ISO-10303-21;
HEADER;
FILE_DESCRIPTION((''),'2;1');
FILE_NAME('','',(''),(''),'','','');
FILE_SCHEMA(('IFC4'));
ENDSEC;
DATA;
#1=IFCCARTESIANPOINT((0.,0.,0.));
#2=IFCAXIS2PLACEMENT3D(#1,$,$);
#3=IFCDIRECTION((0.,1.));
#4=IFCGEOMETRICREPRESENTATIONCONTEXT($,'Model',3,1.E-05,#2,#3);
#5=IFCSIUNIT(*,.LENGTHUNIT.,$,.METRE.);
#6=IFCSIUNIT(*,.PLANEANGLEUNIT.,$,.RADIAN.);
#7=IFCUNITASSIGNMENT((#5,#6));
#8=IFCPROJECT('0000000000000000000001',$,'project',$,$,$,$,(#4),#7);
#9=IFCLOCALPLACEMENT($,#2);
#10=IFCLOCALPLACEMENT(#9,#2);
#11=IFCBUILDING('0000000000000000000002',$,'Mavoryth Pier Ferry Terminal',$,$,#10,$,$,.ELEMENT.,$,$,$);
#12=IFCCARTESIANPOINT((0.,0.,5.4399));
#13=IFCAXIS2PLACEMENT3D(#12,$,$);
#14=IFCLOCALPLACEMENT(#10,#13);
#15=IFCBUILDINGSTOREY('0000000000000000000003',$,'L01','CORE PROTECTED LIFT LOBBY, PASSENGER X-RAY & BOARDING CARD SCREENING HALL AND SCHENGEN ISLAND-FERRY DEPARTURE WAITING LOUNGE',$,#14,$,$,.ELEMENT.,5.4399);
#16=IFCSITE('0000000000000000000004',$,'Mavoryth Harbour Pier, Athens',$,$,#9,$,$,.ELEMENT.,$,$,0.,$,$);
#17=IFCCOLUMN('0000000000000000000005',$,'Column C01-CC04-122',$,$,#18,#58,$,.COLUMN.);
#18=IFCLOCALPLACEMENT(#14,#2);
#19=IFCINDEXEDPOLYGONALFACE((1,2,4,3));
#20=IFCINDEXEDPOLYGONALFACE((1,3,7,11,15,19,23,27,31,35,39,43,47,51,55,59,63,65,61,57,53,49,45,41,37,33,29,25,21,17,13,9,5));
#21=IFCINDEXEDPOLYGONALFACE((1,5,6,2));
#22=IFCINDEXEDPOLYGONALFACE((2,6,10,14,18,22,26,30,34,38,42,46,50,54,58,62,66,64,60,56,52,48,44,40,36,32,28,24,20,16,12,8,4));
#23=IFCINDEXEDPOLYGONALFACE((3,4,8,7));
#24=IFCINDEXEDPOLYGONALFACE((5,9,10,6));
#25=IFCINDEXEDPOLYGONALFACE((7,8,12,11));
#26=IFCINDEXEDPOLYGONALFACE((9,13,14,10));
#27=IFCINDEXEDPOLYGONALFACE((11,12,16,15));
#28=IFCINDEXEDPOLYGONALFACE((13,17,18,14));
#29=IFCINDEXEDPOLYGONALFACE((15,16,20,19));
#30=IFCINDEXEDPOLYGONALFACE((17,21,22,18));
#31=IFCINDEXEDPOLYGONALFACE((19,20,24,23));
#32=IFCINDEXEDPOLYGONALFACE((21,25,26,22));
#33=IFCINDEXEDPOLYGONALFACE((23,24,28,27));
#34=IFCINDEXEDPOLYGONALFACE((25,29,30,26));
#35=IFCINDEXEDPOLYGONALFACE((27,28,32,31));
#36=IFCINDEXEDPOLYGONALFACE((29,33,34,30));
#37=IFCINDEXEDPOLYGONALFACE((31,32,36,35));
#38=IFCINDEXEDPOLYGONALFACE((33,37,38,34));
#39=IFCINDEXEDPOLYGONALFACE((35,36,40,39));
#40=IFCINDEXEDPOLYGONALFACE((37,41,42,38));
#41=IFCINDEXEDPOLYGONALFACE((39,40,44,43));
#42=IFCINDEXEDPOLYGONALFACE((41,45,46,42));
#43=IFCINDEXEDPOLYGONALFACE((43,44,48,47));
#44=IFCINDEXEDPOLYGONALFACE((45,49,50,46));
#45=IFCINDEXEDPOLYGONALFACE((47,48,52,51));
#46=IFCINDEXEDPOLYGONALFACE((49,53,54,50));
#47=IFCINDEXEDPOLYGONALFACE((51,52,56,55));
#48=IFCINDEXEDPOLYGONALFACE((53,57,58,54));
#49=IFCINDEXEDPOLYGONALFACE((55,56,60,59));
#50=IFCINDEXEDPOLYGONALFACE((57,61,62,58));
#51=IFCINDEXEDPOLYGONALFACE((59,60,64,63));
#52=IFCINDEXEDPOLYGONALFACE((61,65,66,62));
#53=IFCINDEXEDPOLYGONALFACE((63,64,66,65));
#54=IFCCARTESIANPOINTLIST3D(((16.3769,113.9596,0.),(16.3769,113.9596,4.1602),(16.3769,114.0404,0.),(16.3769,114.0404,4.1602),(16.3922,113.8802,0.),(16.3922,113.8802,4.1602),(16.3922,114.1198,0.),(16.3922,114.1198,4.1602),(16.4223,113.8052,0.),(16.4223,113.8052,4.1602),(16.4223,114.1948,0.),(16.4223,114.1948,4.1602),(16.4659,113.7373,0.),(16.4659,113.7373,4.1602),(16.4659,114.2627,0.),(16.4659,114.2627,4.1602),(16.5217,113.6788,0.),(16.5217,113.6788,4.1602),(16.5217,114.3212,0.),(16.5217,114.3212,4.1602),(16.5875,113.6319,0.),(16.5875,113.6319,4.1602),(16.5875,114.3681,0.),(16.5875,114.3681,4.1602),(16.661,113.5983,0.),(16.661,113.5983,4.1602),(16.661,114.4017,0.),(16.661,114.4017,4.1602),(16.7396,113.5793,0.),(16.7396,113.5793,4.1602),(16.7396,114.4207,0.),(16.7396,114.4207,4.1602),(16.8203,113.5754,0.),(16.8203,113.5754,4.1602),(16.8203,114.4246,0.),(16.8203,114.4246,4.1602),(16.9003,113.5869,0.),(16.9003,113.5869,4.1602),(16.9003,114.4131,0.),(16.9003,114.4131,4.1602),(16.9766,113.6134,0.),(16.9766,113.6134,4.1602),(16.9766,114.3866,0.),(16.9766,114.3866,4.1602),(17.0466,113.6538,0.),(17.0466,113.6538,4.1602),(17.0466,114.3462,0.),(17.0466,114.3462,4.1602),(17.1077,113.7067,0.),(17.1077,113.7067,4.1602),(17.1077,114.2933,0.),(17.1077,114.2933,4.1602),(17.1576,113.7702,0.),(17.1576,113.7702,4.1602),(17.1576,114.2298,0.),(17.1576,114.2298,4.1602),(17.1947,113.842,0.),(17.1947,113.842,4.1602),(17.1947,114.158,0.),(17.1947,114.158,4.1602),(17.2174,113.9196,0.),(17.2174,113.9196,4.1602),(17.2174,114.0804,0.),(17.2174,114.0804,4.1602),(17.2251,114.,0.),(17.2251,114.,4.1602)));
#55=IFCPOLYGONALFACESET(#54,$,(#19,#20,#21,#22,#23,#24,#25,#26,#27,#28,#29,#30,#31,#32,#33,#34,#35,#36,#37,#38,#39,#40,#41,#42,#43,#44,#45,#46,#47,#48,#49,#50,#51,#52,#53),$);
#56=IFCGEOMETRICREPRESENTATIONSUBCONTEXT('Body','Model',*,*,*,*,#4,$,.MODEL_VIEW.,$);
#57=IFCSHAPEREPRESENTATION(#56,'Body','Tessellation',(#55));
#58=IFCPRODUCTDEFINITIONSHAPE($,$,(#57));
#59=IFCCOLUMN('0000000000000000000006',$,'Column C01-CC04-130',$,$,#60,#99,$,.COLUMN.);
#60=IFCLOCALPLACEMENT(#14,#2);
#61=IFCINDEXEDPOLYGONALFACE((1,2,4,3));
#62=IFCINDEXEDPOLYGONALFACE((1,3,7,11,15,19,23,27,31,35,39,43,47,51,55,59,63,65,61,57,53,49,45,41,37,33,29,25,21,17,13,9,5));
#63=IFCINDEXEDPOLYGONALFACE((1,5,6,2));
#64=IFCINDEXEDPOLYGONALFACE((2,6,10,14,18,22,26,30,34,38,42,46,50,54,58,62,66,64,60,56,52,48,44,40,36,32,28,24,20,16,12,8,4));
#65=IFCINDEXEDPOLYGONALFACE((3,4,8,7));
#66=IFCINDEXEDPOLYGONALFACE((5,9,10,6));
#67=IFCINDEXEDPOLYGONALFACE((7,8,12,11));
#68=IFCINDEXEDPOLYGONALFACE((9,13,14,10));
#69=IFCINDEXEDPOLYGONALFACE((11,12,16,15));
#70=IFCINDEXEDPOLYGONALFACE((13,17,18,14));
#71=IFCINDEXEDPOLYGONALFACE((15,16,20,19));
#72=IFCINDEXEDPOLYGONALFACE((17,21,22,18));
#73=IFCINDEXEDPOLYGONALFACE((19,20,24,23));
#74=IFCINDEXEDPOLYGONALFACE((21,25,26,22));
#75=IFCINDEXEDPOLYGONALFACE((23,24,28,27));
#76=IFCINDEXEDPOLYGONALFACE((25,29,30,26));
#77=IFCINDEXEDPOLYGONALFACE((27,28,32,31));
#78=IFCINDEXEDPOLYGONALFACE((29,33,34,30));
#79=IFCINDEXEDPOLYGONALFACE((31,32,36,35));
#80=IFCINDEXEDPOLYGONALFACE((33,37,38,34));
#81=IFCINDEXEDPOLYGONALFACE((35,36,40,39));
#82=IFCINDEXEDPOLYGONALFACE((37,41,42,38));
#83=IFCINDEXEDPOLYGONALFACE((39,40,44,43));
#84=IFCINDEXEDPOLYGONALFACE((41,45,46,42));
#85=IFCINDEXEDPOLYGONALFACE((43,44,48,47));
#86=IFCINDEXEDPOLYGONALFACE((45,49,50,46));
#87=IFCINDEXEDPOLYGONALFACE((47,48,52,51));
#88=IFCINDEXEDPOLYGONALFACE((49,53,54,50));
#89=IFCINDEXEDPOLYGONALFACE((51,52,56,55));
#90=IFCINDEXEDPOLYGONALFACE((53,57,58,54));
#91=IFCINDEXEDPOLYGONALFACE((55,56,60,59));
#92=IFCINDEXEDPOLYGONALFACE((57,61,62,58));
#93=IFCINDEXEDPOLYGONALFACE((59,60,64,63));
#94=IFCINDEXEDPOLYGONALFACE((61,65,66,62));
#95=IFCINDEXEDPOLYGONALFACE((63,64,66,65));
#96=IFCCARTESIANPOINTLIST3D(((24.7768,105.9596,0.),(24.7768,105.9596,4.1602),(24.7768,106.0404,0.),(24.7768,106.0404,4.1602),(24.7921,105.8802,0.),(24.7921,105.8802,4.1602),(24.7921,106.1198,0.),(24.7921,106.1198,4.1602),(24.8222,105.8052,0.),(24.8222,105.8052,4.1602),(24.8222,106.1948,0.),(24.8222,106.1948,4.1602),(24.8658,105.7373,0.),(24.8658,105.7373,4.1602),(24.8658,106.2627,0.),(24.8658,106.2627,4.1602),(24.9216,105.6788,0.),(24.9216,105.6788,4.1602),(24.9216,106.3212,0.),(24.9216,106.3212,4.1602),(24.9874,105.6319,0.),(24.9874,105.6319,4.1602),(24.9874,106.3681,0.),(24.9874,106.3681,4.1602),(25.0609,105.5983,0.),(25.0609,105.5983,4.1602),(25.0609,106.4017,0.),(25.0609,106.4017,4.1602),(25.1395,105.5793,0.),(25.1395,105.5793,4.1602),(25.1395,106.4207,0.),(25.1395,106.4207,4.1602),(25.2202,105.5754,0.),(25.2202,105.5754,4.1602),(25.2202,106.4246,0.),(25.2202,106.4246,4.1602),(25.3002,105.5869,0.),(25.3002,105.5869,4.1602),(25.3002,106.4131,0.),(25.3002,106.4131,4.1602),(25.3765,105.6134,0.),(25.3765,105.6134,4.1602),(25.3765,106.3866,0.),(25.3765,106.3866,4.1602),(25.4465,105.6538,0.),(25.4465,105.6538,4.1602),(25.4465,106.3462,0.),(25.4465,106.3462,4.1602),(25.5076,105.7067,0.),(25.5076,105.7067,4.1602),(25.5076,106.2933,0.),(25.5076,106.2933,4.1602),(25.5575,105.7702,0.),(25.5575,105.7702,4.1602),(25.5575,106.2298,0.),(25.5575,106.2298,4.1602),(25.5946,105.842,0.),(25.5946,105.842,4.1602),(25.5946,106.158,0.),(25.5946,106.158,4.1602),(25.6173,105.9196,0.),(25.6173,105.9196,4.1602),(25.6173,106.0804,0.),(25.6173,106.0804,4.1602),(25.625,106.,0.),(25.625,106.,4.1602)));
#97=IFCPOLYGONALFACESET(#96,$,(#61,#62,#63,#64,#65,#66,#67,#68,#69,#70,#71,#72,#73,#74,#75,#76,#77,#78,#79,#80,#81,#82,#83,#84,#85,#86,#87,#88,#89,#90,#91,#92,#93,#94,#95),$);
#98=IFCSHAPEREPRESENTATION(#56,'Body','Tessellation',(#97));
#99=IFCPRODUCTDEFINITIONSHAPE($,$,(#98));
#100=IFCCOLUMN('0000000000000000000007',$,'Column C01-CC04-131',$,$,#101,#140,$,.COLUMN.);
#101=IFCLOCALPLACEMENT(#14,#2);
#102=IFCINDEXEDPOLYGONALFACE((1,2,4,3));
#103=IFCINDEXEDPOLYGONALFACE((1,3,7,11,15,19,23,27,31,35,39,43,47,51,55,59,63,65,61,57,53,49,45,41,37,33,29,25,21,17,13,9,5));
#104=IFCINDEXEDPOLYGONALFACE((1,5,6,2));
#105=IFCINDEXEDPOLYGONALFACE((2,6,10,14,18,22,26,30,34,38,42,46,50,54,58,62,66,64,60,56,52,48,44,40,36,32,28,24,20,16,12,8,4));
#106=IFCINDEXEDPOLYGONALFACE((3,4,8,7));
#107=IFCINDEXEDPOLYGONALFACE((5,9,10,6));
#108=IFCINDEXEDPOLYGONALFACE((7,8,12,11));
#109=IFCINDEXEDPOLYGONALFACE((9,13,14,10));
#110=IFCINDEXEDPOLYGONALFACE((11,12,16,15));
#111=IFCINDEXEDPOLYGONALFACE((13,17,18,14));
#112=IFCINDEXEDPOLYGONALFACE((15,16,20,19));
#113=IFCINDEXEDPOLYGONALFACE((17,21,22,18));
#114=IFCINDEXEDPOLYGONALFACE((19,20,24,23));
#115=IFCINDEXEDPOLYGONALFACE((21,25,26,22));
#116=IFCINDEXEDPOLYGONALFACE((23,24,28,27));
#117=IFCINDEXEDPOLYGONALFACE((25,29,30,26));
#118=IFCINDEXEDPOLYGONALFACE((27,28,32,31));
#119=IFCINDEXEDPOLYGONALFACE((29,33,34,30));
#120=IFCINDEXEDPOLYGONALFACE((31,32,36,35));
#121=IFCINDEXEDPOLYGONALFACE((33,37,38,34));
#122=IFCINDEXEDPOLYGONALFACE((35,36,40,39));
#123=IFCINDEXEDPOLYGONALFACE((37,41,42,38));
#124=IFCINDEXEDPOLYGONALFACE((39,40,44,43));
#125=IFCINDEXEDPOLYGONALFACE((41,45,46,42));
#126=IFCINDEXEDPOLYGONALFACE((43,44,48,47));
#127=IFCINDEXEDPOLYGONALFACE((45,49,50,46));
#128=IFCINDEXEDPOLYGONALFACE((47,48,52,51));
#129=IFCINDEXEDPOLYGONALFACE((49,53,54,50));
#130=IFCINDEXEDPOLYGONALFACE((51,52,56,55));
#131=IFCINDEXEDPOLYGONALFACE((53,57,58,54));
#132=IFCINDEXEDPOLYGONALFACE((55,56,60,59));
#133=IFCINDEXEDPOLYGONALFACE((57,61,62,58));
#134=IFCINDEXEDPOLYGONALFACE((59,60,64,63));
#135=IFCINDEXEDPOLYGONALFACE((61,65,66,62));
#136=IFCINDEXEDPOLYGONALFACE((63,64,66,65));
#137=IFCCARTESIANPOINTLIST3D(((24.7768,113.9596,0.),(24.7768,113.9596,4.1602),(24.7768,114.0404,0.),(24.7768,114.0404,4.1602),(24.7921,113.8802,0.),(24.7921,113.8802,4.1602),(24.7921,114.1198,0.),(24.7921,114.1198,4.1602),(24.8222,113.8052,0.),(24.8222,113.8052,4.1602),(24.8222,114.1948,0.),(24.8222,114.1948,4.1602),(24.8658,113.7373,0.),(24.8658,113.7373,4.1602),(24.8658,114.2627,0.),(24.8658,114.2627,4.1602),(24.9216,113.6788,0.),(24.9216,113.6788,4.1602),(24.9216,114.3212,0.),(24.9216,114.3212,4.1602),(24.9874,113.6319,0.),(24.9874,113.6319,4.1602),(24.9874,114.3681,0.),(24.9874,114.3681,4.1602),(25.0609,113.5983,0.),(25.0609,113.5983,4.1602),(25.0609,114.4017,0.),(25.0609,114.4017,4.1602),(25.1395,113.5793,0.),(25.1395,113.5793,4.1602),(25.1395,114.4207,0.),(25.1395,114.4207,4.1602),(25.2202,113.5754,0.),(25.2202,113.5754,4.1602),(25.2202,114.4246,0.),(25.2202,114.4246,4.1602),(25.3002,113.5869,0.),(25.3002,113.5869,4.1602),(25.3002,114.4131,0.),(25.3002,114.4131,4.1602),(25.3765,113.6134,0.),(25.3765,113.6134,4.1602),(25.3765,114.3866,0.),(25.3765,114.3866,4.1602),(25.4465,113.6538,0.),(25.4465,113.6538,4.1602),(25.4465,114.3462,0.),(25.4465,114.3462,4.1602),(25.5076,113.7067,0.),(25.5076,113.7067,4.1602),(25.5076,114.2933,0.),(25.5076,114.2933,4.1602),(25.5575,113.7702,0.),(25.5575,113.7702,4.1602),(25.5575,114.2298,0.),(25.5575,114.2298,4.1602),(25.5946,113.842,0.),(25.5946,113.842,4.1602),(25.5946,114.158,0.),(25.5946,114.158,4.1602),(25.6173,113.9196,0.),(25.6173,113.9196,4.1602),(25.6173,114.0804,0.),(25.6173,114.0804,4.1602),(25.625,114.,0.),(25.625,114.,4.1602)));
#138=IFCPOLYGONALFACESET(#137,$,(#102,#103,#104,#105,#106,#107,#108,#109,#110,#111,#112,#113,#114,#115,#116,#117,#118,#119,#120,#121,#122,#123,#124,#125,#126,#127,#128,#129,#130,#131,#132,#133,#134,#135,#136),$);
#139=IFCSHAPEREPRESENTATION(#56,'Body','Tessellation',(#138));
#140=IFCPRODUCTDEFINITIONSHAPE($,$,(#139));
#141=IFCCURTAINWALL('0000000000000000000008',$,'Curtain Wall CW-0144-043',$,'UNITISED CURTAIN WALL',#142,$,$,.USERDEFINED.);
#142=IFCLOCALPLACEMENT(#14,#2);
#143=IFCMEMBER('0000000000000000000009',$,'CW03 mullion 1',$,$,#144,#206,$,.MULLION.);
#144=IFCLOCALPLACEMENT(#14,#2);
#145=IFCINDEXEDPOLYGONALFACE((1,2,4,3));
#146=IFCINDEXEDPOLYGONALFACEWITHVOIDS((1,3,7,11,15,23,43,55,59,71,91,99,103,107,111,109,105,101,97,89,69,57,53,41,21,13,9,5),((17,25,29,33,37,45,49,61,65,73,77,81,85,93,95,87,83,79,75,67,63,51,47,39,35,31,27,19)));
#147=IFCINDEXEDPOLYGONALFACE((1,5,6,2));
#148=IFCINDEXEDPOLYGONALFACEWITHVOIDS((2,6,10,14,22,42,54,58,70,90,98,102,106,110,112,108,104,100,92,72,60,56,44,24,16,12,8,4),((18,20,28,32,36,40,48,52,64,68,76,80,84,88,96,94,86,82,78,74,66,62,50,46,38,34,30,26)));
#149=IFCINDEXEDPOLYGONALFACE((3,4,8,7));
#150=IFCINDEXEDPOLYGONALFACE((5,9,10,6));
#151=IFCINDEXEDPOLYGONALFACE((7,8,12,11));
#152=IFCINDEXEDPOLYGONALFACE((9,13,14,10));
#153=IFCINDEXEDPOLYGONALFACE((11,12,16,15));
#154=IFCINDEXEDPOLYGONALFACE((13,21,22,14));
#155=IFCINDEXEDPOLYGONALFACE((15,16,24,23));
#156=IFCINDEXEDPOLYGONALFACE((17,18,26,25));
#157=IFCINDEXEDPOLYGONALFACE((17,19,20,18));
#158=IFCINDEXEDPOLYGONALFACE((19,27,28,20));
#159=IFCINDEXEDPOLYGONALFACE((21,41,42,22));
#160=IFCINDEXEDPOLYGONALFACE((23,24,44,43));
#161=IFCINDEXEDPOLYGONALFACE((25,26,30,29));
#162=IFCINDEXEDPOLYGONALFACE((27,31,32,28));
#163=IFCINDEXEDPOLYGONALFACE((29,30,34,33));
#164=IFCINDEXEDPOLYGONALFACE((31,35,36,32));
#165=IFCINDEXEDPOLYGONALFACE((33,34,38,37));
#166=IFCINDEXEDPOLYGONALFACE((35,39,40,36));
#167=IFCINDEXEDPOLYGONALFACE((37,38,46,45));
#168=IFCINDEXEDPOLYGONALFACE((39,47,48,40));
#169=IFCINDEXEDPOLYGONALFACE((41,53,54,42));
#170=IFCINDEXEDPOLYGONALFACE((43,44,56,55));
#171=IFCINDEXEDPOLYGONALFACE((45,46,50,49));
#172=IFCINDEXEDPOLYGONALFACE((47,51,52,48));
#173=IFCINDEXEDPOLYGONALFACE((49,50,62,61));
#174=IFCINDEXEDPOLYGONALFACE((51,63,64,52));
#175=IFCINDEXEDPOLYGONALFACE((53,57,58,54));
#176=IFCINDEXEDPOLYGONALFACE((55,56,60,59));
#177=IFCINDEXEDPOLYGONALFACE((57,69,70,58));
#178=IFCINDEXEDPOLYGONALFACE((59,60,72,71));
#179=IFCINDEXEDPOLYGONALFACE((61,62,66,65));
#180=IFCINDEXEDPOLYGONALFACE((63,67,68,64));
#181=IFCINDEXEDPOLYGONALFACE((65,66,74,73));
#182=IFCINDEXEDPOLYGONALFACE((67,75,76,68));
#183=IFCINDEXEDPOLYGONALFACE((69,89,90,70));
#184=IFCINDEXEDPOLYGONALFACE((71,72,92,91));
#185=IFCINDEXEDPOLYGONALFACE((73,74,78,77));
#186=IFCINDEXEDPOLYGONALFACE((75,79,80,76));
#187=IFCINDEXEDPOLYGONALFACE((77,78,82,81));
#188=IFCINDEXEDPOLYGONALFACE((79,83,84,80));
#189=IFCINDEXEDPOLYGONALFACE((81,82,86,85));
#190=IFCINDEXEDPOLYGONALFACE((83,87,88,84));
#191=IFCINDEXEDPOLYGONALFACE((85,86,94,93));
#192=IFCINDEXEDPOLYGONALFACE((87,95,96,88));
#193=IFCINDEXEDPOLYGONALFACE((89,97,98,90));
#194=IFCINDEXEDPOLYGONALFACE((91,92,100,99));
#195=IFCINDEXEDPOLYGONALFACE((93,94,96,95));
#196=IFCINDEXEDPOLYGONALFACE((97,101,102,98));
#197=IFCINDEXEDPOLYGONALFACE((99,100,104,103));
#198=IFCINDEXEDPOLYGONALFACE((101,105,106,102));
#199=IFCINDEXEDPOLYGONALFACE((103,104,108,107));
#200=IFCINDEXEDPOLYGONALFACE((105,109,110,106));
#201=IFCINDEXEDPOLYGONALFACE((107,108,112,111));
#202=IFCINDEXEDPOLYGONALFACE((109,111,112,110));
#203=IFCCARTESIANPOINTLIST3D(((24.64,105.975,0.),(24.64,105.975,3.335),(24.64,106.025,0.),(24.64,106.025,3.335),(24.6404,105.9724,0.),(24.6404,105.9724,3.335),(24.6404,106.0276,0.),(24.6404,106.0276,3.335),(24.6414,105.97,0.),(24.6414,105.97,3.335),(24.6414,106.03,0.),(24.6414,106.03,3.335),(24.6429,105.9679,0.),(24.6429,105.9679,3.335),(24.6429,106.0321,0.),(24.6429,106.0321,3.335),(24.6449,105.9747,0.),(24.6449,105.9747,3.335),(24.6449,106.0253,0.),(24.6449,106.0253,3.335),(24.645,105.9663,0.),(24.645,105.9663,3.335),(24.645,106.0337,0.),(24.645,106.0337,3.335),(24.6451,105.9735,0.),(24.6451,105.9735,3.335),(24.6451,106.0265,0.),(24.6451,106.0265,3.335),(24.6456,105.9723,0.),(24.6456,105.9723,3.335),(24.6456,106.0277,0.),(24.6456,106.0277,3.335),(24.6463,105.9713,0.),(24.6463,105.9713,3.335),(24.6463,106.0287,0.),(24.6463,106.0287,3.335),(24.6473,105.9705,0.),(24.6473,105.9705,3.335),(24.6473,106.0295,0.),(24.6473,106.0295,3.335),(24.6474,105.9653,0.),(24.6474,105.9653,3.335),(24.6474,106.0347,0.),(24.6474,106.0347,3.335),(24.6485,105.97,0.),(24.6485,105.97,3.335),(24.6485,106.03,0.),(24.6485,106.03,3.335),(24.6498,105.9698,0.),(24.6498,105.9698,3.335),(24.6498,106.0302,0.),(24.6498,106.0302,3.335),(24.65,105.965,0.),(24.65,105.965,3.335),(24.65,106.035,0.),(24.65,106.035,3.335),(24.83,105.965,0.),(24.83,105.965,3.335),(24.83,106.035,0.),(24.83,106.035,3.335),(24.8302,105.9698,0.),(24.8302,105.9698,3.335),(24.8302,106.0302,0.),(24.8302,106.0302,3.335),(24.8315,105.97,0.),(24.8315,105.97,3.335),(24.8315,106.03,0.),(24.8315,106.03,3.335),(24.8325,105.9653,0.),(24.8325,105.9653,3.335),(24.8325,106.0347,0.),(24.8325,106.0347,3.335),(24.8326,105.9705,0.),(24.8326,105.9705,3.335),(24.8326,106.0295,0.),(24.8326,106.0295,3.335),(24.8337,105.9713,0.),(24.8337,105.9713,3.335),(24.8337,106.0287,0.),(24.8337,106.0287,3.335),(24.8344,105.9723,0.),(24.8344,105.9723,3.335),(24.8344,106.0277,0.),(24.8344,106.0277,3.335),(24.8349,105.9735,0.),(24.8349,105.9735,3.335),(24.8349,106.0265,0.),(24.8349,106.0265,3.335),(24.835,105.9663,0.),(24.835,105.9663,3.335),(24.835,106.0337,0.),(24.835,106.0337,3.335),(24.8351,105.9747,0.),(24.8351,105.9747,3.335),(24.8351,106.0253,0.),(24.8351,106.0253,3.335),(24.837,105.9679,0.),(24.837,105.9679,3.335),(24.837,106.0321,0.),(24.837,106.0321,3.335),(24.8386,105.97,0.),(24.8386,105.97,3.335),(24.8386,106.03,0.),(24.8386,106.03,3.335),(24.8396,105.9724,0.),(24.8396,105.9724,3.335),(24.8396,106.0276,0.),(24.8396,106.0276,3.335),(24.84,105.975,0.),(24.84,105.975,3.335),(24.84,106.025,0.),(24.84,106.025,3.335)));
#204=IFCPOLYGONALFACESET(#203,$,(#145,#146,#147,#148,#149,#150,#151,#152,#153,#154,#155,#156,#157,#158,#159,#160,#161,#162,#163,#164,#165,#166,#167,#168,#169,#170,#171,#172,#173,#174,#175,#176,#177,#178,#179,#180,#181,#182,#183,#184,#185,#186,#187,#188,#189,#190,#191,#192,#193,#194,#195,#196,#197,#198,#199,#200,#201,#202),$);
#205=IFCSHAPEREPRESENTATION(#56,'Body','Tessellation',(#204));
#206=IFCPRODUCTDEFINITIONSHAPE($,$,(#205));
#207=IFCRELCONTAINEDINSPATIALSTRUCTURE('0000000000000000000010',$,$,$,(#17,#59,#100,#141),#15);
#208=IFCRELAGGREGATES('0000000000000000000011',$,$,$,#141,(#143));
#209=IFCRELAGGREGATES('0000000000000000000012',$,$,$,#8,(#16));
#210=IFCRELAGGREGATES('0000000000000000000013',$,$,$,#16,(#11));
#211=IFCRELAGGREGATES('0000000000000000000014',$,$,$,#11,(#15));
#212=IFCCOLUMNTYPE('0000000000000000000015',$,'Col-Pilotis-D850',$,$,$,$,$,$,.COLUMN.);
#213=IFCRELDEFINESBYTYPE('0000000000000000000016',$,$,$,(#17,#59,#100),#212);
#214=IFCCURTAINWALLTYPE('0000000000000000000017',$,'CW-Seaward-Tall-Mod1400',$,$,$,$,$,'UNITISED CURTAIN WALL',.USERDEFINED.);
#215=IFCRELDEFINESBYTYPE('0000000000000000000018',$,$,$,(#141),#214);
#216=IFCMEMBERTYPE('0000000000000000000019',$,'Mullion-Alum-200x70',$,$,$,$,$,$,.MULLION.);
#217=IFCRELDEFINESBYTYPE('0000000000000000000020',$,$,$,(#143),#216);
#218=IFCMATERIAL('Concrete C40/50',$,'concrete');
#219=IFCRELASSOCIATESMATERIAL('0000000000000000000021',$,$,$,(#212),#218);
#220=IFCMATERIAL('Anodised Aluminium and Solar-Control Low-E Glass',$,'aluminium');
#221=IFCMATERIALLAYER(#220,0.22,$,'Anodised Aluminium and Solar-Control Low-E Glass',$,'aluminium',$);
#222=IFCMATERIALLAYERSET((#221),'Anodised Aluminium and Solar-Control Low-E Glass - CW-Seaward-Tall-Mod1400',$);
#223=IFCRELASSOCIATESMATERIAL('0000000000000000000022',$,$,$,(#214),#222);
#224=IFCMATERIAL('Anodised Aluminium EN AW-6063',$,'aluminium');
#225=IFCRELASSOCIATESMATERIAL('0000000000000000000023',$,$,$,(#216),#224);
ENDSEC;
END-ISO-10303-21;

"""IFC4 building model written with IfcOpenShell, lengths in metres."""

from ifc_helpers import new_model, si_unit, direction, frame, origin, origin_2d, place, context, subcontext, project, spatial, hollow_rectangle, circle, extrude, material, layer, layer_set, material_profile, profile_set, type_object, element, aggregate, save


model = new_model("IFC4")

# Units and contexts
model_context = context("Model", 3, precision=1e-05, world=origin(), true_north=direction((0.0, 1.0)))
body_context = subcontext(model_context, "Body", "Model", "MODEL_VIEW")
ifc_project = project(units=[si_unit("LENGTHUNIT", "METRE"), si_unit("PLANEANGLEUNIT", "RADIAN")], contexts=[model_context])

# Site, building, storey
site_placement = place(None, origin())
site = spatial("IfcSite", under=ifc_project, at=site_placement, Name="Mavoryth Harbour Pier, Athens", CompositionType="ELEMENT", RefElevation=0.0)
building_placement = place(site_placement, origin())
building = spatial("IfcBuilding", under=site, at=building_placement, Name="Mavoryth Pier Ferry Terminal", CompositionType="ELEMENT")
storey_placement = place(building_placement, frame((0.0, 0.0, 5.4399)))
storey = spatial("IfcBuildingStorey", under=building, at=storey_placement, Name="L01", Description="CORE PROTECTED LIFT LOBBY, PASSENGER X-RAY & BOARDING CARD SCREENING HALL AND SCHENGEN ISLAND-FERRY DEPARTURE WAITING LOUNGE", CompositionType="ELEMENT", Elevation=5.4399)

# Columns
ifc_material_1 = material(Name="Concrete C40/50", Category="concrete")
ifc_material_profile_1 = material_profile(ifc_material_1, circle(Radius=0.425, at=origin_2d()), Name="RC D850", Category="concrete")
ifc_profile_set_1 = profile_set([ifc_material_profile_1], Name="Concrete C40/50 - RC D850")
column_type = type_object("IfcColumnType", Name="Col-Pilotis-D850", PredefinedType="COLUMN", material=ifc_profile_set_1)
for number, where, z_axis, x_axis, name in (
    (1, (16.8, 114.0, 0.0), (0.0, 0.0, 1.0), (1.0, 0.0, 0.0), "Column C01-CC04-122"),
    (2, (25.2, 106.0, 0.0), (0.0, 0.0, 1.0), (1.0, 0.0, 0.0), "Column C01-CC04-130"),
    (3, (25.2, 114.0, 0.0), (0.0, 0.0, 1.0), (1.0, 0.0, 0.0), "Column C01-CC04-131"),
):
    element("IfcColumn", number, at=place(storey_placement, frame(where, z_axis=z_axis, x_axis=x_axis)), inside=storey, type_object=column_type, Name=name, PredefinedType="COLUMN", context=body_context, shape_type="SweptSolid", body=[
        extrude(circle(Radius=0.425, at=origin_2d()), origin(), (0.0, 0.0, 1.0), 4.1602),
    ])

# Curtain wall, member
ifc_material_2 = material(Name="Anodised Aluminium and Solar-Control Low-E Glass", Category="aluminium")
ifc_layer_1 = layer(ifc_material_2, 0.22, Name="Anodised Aluminium and Solar-Control Low-E Glass", Category="aluminium")
ifc_layer_set_1 = layer_set([ifc_layer_1], Name="Anodised Aluminium and Solar-Control Low-E Glass - CW-Seaward-Tall-Mod1400")
curtain_wall_type = type_object("IfcCurtainWallType", Name="CW-Seaward-Tall-Mod1400", ElementType="UNITISED CURTAIN WALL", PredefinedType="USERDEFINED", material=ifc_layer_set_1)
curtain_wall_1_placement = place(storey_placement, origin())
curtain_wall_1 = element("IfcCurtainWall", 4, at=curtain_wall_1_placement, inside=storey, type_object=curtain_wall_type, Name="Curtain Wall CW-0144-043", ObjectType="UNITISED CURTAIN WALL", PredefinedType="USERDEFINED")
ifc_material_3 = material(Name="Anodised Aluminium EN AW-6063", Category="aluminium")
ifc_material_profile_2 = material_profile(ifc_material_3, hollow_rectangle(XDim=0.0701, YDim=0.2, WallThickness=0.0049, InnerFilletRadius=0.0049, OuterFilletRadius=0.01, at=origin_2d()), Name="AL-MULL 200x70x5", Category="aluminium")
ifc_profile_set_2 = profile_set([ifc_material_profile_2], Name="Anodised Aluminium EN AW-6063 - AL-MULL 200x70x5")
member_type_1 = type_object("IfcMemberType", Name="Mullion-Alum-200x70", PredefinedType="MULLION", material=ifc_profile_set_2)
member_1_placement = place(storey_placement, frame((24.74, 106.0, 0.0), z_axis=(0.0, 0.0, 1.0), x_axis=(0.0, -1.0, 0.0)))
member_1 = element("IfcMember", 5, at=member_1_placement, type_object=member_type_1, Name="CW03 mullion 1", PredefinedType="MULLION", context=body_context, shape_type="SweptSolid", body=[
    extrude(hollow_rectangle(XDim=0.0701, YDim=0.2, WallThickness=0.0049, InnerFilletRadius=0.0049, OuterFilletRadius=0.01, at=origin_2d()), origin(), (0.0, 0.0, 1.0), 3.335),
])

aggregate(curtain_wall_1, [member_1])

save(model, "model.ifc")
